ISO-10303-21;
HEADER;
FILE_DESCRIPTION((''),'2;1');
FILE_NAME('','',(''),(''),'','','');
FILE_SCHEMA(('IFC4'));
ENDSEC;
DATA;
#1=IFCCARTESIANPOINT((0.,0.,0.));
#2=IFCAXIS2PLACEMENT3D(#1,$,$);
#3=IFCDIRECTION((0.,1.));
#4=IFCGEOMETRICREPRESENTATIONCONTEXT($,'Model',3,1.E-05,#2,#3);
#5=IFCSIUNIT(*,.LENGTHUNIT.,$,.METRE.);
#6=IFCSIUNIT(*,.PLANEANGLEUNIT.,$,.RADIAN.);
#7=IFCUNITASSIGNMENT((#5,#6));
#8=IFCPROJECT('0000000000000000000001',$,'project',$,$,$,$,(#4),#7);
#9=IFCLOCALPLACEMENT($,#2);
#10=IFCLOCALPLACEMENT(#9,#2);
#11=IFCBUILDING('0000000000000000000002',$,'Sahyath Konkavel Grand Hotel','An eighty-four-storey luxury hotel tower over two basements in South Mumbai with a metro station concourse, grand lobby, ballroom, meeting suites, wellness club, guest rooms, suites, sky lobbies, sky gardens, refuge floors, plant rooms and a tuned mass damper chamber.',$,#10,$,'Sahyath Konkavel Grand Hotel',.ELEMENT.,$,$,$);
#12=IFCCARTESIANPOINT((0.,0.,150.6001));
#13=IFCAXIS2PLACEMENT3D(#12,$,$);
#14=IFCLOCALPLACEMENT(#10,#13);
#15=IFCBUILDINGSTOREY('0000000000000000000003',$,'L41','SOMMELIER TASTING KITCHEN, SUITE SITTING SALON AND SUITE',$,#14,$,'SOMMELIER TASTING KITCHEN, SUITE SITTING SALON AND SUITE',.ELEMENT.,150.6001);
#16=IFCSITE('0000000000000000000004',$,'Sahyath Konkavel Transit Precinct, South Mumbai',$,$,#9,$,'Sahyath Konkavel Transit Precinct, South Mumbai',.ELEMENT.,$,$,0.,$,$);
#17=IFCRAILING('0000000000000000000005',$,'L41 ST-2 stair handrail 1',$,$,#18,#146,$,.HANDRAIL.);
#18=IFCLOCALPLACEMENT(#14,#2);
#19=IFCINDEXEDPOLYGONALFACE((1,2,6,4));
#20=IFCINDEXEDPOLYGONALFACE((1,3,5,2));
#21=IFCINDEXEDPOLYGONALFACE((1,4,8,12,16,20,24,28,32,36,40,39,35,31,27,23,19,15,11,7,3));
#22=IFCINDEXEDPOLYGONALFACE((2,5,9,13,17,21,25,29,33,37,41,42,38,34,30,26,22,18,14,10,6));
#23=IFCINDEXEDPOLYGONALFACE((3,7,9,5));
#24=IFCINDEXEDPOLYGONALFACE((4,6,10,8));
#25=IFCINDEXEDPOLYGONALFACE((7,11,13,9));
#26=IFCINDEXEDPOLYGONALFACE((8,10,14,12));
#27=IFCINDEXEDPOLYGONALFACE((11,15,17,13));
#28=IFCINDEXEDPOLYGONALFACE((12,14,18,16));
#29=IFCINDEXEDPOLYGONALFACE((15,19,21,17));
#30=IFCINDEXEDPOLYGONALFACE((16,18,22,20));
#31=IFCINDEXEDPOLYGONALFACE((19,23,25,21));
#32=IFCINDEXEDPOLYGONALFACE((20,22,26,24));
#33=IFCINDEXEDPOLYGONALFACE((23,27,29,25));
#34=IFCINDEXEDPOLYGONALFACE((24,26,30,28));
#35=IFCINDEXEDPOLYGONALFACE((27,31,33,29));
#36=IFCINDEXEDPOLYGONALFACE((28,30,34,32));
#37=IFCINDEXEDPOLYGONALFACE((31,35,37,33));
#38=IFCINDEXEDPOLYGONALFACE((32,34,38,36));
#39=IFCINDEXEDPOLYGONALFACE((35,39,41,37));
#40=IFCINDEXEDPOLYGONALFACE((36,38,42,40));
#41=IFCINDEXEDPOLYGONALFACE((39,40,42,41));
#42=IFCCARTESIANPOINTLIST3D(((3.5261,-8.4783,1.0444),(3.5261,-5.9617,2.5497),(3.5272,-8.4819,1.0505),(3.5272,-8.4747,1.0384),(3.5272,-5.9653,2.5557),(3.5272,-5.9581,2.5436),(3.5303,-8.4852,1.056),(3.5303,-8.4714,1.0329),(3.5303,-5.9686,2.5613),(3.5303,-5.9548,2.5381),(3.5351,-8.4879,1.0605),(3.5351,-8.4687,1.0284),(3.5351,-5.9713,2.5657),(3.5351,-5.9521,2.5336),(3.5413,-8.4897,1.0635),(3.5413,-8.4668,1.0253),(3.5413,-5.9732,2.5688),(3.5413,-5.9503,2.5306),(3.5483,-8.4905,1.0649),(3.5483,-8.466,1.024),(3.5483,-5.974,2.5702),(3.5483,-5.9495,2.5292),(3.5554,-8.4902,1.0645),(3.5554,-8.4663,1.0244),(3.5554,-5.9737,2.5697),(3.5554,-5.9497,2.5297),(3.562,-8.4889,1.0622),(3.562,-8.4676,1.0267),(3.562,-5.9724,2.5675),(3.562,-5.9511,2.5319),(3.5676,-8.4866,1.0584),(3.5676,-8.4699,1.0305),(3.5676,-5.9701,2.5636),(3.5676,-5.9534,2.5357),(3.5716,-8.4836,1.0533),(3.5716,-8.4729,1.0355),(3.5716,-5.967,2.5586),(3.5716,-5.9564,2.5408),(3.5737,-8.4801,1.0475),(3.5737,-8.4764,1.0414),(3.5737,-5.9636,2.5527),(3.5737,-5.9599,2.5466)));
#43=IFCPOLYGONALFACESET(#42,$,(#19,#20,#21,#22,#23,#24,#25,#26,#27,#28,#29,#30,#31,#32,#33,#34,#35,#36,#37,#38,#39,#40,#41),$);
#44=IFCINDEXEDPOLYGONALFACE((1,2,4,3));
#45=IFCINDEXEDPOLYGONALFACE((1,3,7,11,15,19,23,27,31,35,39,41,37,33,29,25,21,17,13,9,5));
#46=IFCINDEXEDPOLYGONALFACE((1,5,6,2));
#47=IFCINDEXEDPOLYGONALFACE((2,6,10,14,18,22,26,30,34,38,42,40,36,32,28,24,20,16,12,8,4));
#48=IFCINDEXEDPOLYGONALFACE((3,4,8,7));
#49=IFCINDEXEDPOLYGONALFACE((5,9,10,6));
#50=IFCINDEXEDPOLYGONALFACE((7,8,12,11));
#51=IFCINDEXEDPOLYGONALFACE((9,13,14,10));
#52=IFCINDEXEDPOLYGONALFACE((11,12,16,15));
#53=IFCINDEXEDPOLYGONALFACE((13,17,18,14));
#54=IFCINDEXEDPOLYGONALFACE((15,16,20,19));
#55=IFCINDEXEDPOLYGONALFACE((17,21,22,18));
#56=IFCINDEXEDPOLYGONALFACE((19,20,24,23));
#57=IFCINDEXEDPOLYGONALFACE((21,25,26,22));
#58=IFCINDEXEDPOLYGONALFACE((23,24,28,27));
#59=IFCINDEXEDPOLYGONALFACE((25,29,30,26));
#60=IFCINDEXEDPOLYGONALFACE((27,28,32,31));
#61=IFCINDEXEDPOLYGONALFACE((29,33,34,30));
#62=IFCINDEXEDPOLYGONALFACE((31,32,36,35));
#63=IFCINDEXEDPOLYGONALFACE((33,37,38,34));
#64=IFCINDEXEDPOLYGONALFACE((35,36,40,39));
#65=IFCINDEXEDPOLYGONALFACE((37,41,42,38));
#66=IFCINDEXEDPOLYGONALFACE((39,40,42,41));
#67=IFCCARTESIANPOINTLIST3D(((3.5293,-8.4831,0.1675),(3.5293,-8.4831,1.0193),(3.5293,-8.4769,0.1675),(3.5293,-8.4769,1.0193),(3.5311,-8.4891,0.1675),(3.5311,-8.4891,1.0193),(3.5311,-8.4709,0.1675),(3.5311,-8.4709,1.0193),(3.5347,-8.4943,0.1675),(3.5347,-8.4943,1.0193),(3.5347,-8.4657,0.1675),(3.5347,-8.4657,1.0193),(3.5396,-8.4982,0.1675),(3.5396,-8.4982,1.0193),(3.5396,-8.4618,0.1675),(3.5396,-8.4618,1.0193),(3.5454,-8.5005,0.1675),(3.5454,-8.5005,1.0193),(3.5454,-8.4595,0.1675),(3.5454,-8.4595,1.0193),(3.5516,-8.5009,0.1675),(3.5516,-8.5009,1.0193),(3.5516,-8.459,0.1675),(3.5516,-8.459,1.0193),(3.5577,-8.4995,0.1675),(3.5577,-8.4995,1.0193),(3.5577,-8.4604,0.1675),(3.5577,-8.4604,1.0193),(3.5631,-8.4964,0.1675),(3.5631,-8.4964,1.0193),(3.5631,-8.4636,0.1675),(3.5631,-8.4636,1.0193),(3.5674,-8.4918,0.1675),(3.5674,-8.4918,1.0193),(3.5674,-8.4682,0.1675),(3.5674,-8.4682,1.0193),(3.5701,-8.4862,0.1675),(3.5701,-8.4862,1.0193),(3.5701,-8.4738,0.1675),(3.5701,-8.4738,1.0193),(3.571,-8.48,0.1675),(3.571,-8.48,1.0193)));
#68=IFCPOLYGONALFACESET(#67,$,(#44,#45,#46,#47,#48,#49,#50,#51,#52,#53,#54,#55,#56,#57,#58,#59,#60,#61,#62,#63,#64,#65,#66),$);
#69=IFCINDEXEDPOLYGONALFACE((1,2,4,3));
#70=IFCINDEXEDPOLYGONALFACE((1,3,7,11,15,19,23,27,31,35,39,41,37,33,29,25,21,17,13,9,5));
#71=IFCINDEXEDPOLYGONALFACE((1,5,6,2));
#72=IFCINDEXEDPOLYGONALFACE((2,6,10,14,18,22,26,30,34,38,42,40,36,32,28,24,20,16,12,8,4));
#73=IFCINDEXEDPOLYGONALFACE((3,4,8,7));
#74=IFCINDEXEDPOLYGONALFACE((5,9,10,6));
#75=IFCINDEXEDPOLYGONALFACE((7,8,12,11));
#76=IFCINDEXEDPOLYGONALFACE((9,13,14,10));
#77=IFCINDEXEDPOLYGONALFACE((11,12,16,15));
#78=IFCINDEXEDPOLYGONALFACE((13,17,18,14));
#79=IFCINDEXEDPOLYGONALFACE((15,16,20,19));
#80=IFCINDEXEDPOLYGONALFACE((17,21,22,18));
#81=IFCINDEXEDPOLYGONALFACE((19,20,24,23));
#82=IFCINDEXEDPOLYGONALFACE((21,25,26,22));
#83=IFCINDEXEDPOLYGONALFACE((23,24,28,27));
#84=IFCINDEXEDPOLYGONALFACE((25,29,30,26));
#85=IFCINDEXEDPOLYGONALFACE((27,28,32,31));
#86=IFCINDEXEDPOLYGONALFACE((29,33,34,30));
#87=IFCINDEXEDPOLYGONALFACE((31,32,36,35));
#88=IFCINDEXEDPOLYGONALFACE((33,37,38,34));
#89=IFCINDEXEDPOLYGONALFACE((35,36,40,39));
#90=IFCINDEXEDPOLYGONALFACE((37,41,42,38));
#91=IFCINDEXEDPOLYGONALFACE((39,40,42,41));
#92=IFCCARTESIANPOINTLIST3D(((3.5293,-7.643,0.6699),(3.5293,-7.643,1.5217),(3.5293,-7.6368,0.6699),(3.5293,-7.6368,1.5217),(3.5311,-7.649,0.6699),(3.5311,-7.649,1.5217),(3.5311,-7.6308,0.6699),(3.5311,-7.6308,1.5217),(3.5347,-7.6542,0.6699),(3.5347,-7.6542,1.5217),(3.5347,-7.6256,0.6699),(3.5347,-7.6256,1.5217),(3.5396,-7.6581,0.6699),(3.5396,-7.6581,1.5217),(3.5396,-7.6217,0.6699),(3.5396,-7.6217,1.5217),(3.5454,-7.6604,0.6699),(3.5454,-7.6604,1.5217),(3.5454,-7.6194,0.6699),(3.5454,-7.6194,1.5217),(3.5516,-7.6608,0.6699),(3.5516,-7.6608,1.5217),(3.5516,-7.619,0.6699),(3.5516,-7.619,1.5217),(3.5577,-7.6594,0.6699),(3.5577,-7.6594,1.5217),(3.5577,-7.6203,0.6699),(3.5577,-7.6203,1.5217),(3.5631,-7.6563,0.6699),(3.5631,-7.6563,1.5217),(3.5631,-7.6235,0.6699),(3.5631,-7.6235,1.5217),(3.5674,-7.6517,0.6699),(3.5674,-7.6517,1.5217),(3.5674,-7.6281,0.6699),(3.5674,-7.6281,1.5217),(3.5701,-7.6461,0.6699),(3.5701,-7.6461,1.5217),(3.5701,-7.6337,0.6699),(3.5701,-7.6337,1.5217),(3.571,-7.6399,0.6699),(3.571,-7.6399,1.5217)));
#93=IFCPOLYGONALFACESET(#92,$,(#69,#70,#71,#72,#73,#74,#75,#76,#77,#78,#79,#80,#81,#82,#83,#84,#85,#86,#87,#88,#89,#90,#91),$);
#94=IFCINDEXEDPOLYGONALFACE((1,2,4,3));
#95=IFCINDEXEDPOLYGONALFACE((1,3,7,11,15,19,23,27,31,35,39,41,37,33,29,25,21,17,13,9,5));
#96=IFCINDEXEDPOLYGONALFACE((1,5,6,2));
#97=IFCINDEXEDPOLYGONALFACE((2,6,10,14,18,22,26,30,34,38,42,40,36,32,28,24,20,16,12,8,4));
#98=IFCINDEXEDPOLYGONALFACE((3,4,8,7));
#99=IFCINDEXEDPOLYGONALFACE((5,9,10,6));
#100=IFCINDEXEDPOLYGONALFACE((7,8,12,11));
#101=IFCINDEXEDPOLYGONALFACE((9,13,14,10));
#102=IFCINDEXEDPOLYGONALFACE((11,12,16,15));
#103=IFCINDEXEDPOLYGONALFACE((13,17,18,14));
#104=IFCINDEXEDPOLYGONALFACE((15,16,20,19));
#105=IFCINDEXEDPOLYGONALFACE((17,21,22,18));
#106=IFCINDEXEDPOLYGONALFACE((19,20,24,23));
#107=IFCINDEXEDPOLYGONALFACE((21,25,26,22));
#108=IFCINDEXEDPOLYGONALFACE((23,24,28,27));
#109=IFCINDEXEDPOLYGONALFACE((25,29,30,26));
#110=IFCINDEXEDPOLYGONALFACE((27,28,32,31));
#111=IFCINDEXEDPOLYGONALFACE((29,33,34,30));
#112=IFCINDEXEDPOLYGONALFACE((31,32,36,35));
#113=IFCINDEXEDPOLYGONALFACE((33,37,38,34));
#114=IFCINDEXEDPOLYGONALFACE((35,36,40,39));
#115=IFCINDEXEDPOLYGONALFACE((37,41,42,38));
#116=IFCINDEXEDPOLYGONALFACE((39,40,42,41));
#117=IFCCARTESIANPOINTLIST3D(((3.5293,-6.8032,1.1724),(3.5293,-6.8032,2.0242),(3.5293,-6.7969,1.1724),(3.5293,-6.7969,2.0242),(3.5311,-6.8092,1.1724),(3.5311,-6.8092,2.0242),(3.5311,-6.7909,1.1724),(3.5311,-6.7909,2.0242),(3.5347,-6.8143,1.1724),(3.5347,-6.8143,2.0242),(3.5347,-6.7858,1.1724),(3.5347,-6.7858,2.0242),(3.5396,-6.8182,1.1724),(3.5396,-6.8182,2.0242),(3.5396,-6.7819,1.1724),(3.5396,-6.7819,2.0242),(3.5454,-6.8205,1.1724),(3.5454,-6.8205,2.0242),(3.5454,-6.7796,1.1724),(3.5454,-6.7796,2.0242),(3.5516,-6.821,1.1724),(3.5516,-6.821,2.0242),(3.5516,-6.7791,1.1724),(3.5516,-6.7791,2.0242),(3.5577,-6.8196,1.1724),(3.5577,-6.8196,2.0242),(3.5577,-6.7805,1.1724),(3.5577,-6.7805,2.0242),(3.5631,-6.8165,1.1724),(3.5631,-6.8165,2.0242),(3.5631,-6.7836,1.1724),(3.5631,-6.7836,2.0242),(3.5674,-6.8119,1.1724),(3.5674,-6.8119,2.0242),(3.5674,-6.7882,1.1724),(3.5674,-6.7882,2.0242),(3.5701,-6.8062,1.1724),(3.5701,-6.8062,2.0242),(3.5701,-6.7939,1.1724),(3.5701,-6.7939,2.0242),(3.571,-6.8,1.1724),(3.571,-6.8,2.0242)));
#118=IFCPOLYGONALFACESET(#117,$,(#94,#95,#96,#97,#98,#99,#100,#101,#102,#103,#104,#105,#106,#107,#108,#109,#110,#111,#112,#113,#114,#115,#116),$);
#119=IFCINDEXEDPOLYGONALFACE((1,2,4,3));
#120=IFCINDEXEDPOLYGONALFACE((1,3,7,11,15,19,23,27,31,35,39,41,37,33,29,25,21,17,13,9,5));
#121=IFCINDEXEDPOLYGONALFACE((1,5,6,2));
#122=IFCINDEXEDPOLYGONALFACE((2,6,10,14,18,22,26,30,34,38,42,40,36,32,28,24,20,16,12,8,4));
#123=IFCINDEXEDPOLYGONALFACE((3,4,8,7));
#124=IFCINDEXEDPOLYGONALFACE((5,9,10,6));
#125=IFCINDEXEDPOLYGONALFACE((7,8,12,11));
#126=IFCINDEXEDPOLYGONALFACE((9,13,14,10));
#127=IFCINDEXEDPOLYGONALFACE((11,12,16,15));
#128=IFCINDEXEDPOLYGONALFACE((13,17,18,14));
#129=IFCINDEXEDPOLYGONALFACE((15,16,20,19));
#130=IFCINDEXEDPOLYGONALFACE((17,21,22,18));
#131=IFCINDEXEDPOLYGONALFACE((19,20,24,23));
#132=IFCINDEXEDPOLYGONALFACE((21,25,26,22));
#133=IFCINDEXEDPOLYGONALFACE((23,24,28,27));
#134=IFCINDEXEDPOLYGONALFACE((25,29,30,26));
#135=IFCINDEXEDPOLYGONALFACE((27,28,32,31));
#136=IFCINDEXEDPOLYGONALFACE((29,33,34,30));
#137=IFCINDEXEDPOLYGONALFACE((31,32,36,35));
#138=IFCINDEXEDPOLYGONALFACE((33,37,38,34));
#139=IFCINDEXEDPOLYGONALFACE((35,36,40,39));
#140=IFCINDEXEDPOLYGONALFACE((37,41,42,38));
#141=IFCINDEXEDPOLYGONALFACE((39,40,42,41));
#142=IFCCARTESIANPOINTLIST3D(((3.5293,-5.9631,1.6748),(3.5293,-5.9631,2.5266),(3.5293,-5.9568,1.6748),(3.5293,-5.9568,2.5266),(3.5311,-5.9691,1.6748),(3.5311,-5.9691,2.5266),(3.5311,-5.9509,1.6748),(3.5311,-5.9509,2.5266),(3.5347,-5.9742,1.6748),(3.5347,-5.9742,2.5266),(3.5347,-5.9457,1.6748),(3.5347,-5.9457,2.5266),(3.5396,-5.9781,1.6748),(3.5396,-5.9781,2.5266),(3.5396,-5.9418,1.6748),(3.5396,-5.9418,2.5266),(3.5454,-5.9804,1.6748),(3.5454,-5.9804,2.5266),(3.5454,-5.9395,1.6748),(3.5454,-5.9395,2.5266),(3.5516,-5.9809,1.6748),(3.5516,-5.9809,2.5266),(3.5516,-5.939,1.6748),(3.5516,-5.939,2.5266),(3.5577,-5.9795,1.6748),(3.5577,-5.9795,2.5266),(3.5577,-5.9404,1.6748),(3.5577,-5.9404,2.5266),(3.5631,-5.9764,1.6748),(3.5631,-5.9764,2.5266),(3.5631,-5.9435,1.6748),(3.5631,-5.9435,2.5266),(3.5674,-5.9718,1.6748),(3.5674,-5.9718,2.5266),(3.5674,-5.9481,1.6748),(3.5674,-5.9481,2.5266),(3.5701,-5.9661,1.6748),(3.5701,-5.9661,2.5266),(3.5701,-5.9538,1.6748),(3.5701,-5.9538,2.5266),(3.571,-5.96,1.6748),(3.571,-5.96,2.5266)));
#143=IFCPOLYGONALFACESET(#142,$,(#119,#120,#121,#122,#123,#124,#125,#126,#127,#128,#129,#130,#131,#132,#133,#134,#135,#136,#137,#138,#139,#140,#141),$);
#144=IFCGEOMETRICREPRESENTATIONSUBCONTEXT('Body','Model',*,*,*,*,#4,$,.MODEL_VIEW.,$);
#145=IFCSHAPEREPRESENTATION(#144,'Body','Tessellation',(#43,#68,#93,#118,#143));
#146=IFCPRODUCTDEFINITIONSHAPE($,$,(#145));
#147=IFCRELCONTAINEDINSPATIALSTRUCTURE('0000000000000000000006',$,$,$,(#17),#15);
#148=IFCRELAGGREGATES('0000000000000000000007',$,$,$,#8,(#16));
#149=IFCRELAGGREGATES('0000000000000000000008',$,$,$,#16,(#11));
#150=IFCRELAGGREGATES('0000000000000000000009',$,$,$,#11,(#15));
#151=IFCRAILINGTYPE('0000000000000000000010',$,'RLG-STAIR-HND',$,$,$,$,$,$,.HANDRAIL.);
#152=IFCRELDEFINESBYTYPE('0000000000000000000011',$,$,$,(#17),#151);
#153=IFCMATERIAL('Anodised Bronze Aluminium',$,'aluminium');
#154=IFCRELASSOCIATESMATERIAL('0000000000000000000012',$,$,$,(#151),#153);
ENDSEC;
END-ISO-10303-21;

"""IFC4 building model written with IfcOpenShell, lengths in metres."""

from ifc_helpers import new_model, si_unit, direction, frame, origin, origin_2d, place, context, subcontext, project, spatial, circle, extrude, material, type_object, element, save


model = new_model("IFC4")

# Units and contexts
model_context = context("Model", 3, precision=1e-05, world=origin(), true_north=direction((0.0, 1.0)))
body_context = subcontext(model_context, "Body", "Model", "MODEL_VIEW")
ifc_project = project(units=[si_unit("LENGTHUNIT", "METRE"), si_unit("PLANEANGLEUNIT", "RADIAN")], contexts=[model_context])

# Site, building, storey
site_placement = place(None, origin())
site = spatial("IfcSite", under=ifc_project, at=site_placement, Name="Sahyath Konkavel Transit Precinct, South Mumbai", LongName="Sahyath Konkavel Transit Precinct, South Mumbai", CompositionType="ELEMENT", RefElevation=0.0)
building_placement = place(site_placement, origin())
building = spatial("IfcBuilding", under=site, at=building_placement, Name="Sahyath Konkavel Grand Hotel", Description="An eighty-four-storey luxury hotel tower over two basements in South Mumbai with a metro station concourse, grand lobby, ballroom, meeting suites, wellness club, guest rooms, suites, sky lobbies, sky gardens, refuge floors, plant rooms and a tuned mass damper chamber.", LongName="Sahyath Konkavel Grand Hotel", CompositionType="ELEMENT")
storey_placement = place(building_placement, frame((0.0, 0.0, 150.6001)))
storey = spatial("IfcBuildingStorey", under=building, at=storey_placement, Name="L41", Description="SOMMELIER TASTING KITCHEN, SUITE SITTING SALON AND SUITE", LongName="SOMMELIER TASTING KITCHEN, SUITE SITTING SALON AND SUITE", CompositionType="ELEMENT", Elevation=150.6001)

# Railing
ifc_material_1 = material(Name="Anodised Bronze Aluminium", Category="aluminium")
railing_type_1 = type_object("IfcRailingType", Name="RLG-STAIR-HND", PredefinedType="HANDRAIL", material=ifc_material_1)
railing_1_placement = place(storey_placement, frame((3.55, -8.48, 0.1675)))
element("IfcRailing", 1, at=railing_1_placement, inside=storey, type_object=railing_type_1, Name="L41 ST-2 stair handrail 1", PredefinedType="HANDRAIL", context=body_context, shape_type="SweptSolid", body=[
    extrude(circle(Radius=0.0239, at=origin_2d()), frame((0.0, 0.0017, 0.877), z_axis=(0.0, 0.858196, 0.513321), x_axis=(-1.0, 0.0, 0.0)), (0.0, 0.0, 1.0), 2.9324),
    extrude(circle(Radius=0.021, at=origin_2d()), origin(), (0.0, 0.0, 1.0), 0.8518),
    extrude(circle(Radius=0.021, at=origin_2d()), frame((0.0, 0.8401, 0.5024)), (0.0, 0.0, 1.0), 0.8518),
    extrude(circle(Radius=0.021, at=origin_2d()), frame((0.0, 1.6799, 1.0049)), (0.0, 0.0, 1.0), 0.8518),
    extrude(circle(Radius=0.021, at=origin_2d()), frame((0.0, 2.52, 1.5073)), (0.0, 0.0, 1.0), 0.8518),
])

save(model, "model.ifc")
